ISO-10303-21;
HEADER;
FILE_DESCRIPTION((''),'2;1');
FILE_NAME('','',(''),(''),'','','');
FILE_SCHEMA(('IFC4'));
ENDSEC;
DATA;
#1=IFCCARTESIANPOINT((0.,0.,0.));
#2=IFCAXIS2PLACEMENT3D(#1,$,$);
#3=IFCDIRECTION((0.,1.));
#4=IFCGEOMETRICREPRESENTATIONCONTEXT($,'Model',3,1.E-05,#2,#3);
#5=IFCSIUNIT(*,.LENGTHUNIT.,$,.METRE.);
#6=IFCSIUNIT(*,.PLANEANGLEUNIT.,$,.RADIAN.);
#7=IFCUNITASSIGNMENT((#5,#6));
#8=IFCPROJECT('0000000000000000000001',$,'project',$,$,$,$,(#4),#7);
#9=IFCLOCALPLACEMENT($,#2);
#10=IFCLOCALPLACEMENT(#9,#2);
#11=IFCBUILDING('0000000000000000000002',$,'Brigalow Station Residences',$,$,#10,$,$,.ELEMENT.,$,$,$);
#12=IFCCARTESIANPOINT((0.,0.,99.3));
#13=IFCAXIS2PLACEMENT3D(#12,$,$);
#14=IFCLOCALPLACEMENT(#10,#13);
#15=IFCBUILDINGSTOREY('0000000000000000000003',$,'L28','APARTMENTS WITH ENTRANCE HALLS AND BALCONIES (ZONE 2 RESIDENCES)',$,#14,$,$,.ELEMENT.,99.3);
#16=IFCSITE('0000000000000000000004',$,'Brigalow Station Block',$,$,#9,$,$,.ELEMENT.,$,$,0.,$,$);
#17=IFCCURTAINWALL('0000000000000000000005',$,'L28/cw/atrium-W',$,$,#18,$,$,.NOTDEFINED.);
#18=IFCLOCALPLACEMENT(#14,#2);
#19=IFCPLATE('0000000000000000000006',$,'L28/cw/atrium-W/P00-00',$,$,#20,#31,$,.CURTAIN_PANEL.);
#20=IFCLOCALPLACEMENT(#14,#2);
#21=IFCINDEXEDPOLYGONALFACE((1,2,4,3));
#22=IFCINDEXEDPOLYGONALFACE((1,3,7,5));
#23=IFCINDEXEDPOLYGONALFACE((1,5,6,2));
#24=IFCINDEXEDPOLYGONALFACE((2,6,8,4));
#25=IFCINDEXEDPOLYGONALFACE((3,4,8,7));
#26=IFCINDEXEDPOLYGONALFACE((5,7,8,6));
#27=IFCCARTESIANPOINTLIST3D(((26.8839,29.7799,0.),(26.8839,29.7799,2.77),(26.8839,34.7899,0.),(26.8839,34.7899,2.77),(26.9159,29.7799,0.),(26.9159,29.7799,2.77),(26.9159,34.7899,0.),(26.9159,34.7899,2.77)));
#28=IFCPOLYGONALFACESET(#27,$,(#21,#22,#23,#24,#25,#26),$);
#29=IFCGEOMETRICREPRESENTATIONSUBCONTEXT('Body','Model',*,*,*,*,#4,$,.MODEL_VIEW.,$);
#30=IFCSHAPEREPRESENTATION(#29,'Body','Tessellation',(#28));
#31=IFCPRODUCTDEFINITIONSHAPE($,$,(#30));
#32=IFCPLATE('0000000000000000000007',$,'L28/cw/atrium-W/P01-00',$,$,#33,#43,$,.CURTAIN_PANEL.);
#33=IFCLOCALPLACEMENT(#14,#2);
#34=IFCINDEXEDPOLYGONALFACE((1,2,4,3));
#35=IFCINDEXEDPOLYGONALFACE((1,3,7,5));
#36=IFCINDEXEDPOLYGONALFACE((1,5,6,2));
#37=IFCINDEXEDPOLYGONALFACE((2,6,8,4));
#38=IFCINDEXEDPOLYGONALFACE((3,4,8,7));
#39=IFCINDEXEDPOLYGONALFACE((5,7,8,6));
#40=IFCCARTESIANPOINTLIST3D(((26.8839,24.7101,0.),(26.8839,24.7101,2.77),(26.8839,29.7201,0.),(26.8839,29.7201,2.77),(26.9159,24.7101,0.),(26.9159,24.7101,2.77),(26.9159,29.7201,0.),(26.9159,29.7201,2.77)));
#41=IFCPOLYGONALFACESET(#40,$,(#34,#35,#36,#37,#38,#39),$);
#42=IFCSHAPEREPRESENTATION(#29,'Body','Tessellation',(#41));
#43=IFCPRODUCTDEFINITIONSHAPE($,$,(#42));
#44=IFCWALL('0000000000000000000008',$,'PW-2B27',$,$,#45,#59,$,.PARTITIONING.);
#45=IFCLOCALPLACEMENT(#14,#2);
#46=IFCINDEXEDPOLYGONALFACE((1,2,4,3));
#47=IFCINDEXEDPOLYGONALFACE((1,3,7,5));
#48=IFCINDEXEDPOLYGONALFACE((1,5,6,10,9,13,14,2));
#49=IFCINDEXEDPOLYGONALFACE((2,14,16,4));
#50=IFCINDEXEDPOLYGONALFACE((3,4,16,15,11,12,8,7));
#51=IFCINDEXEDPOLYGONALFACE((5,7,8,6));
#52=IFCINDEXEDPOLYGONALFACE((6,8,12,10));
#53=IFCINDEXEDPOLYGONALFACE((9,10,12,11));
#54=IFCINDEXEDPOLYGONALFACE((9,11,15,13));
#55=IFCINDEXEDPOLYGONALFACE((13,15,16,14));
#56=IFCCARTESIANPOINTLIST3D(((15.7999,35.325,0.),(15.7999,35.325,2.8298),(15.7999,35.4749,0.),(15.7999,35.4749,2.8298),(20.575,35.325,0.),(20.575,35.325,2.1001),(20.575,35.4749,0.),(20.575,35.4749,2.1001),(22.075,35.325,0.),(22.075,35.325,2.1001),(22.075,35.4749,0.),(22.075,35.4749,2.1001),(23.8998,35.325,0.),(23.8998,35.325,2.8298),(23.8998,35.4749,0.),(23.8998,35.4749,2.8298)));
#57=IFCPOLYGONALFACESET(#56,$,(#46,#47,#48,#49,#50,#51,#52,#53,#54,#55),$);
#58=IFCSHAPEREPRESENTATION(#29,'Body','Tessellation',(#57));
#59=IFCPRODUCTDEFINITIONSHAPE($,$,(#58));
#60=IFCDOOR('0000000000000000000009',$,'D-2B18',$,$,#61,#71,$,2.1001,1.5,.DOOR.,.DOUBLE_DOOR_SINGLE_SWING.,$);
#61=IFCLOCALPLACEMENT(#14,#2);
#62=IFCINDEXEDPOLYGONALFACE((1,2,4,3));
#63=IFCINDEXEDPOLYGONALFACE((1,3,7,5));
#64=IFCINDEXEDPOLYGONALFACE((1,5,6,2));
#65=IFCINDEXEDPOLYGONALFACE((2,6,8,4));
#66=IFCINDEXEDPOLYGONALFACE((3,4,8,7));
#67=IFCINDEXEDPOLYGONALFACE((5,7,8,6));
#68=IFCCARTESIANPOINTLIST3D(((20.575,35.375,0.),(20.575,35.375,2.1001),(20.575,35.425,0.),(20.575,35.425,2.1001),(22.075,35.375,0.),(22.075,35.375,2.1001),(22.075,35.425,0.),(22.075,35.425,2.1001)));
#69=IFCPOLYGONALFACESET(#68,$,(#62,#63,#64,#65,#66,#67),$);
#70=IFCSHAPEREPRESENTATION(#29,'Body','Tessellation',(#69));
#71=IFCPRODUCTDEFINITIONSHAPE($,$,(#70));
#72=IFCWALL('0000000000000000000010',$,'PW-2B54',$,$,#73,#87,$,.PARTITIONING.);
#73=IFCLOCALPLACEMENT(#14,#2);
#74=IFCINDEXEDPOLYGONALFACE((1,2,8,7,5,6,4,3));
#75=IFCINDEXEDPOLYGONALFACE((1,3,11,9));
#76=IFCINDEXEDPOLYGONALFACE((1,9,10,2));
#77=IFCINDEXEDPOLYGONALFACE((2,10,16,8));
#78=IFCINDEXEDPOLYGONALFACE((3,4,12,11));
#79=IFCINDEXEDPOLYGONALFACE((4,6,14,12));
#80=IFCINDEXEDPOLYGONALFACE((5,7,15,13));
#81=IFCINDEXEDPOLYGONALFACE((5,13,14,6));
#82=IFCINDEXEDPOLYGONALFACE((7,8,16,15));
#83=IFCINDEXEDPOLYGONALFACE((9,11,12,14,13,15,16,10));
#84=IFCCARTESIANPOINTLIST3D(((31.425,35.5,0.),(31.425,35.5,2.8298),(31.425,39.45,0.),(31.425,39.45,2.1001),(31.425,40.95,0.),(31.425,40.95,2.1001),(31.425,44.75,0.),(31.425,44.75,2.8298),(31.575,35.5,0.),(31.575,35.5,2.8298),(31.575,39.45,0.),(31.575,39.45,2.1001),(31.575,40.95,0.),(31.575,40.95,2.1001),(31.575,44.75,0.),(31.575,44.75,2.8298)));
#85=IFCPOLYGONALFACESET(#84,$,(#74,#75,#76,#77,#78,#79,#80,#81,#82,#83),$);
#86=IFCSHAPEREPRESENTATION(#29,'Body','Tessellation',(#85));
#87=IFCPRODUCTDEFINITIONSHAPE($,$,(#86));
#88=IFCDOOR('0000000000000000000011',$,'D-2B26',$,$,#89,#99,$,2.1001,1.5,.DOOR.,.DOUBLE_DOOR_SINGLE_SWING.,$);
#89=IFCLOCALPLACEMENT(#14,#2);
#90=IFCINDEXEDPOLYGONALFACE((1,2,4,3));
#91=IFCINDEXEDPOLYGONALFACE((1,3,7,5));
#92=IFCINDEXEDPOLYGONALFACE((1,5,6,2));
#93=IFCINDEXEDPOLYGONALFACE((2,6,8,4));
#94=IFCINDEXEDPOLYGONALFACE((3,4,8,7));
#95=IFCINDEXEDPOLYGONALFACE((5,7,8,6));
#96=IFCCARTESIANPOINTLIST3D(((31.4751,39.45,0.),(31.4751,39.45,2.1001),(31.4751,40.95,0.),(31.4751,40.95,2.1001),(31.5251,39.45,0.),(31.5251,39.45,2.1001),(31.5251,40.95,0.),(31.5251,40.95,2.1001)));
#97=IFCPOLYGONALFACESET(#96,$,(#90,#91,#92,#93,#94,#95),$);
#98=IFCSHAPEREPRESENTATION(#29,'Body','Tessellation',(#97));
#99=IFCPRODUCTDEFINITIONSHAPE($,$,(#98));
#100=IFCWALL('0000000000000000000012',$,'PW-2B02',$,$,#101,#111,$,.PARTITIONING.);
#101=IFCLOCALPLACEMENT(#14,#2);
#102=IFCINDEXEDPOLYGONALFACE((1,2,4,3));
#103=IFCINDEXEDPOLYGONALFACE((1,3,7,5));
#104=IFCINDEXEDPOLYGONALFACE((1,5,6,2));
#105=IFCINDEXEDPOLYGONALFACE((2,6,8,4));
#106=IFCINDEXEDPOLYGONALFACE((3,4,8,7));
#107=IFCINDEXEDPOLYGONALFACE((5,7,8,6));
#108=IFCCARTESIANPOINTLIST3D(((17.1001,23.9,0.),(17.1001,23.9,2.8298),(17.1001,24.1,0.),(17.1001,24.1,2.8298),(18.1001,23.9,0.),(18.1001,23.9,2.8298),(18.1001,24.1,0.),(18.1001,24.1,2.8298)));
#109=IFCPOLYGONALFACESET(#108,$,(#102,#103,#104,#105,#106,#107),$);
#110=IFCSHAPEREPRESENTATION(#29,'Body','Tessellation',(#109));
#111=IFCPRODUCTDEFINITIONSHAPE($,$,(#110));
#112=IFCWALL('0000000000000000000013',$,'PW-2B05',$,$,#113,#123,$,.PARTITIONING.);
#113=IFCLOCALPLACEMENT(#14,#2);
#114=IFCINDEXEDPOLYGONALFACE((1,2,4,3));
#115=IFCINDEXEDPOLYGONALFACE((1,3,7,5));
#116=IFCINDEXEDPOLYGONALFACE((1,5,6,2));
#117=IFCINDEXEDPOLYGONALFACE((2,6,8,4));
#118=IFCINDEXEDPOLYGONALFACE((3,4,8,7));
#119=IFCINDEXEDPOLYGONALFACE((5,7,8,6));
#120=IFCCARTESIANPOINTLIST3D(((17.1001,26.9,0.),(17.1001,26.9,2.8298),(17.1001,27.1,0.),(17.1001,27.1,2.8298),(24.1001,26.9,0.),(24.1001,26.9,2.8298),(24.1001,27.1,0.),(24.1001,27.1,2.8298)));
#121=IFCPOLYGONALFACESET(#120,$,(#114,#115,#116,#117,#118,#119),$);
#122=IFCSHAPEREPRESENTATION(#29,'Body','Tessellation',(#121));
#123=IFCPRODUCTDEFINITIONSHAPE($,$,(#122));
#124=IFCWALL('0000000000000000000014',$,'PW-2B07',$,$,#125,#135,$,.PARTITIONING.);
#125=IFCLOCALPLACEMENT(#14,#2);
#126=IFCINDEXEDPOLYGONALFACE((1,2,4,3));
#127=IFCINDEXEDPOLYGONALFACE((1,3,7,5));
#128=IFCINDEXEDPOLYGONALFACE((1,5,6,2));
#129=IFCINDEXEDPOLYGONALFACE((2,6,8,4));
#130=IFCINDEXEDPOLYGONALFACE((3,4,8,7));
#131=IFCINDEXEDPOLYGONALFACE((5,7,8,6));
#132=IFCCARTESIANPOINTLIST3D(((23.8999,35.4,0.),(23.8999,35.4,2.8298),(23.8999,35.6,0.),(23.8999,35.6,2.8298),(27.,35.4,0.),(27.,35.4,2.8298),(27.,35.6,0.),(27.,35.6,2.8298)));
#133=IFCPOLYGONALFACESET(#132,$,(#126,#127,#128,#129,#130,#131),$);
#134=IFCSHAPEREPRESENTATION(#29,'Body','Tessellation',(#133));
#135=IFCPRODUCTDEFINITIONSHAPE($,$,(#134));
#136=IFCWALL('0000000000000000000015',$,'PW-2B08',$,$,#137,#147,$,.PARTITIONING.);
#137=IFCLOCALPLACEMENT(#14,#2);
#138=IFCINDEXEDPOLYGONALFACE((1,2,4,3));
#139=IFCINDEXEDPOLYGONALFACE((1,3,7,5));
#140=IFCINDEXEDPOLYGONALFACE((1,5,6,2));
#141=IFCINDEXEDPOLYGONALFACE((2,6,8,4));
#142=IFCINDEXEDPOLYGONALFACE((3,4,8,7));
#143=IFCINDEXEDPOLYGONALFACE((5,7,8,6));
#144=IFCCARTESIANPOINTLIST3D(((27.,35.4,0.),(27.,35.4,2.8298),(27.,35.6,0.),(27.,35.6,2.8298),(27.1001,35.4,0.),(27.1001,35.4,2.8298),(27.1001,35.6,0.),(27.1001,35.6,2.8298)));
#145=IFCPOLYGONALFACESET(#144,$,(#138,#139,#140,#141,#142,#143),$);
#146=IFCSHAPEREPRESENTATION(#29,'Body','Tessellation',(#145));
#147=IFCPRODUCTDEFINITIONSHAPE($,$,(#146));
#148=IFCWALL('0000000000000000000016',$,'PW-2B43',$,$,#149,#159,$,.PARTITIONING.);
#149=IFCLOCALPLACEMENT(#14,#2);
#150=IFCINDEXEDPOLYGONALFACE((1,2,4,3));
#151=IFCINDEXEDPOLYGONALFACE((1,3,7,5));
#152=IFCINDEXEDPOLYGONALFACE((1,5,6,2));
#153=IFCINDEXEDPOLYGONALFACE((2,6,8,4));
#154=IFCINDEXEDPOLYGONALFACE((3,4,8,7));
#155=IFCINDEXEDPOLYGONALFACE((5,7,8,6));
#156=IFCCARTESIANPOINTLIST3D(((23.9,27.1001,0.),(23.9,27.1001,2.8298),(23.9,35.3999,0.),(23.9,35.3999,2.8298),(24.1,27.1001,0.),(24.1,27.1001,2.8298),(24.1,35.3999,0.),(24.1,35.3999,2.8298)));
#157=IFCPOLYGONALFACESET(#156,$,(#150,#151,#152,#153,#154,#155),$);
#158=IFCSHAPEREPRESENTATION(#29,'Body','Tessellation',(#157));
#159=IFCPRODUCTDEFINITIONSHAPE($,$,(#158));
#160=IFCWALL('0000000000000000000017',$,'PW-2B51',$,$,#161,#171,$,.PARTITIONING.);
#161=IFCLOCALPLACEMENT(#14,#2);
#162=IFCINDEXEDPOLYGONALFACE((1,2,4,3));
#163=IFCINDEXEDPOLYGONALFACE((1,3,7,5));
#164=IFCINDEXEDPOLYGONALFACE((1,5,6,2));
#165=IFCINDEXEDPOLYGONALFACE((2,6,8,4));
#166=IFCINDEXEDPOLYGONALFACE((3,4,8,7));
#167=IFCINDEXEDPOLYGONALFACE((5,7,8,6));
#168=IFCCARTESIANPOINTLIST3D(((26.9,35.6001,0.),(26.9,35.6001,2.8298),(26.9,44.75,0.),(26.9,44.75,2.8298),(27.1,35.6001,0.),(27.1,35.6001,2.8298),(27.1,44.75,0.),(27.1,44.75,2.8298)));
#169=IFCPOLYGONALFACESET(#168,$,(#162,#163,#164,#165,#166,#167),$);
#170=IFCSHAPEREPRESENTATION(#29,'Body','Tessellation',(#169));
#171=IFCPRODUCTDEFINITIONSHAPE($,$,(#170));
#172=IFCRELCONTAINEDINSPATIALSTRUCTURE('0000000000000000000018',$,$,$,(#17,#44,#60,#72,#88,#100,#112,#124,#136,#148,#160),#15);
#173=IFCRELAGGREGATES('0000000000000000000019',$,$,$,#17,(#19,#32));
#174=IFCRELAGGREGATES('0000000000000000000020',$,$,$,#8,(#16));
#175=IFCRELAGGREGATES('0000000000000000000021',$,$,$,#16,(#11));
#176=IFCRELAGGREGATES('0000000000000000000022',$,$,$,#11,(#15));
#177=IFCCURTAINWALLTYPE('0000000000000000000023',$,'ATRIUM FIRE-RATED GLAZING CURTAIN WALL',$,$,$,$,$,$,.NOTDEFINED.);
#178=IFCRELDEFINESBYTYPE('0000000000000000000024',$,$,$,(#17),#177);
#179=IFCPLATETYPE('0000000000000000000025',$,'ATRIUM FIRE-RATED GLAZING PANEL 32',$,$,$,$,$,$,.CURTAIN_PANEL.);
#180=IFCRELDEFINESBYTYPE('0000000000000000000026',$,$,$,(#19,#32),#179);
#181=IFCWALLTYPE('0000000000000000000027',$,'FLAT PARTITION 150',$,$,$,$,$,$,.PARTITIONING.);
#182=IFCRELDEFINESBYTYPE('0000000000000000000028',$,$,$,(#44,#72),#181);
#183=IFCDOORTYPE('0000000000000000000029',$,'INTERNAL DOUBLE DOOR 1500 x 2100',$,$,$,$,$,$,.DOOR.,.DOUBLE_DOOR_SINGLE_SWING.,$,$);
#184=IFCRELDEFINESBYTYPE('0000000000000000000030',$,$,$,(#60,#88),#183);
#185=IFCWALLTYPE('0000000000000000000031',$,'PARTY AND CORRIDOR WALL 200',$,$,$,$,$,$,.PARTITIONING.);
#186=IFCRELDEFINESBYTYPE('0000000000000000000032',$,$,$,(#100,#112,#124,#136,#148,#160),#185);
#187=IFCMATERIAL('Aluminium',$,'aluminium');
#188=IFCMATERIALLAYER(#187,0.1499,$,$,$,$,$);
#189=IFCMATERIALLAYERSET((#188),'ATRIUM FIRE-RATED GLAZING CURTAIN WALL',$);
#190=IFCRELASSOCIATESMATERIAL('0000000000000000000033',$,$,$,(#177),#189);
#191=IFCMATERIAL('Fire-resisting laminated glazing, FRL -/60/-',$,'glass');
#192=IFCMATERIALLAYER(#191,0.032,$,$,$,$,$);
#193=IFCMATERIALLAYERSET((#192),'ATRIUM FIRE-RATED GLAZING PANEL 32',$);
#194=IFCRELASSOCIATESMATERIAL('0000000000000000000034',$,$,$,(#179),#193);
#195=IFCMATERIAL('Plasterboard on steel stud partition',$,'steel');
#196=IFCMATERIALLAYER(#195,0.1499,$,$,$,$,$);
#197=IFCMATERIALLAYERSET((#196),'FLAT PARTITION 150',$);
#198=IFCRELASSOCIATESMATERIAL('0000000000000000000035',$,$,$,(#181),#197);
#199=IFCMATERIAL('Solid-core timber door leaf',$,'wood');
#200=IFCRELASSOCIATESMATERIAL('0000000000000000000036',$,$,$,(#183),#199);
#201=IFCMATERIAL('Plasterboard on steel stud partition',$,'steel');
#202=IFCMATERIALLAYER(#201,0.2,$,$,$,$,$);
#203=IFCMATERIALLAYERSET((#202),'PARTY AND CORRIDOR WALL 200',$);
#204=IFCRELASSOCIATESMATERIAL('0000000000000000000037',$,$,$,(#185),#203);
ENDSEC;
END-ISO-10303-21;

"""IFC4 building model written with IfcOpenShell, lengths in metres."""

from ifc_helpers import new_model, si_unit, direction, frame, frame_2d, origin, origin_2d, place, context, subcontext, project, spatial, rectangle, extrude, material, layer, layer_set, type_object, element, fill, aggregate, save


model = new_model("IFC4")

# Units and contexts
model_context = context("Model", 3, precision=1e-05, world=origin(), true_north=direction((0.0, 1.0)))
body_context = subcontext(model_context, "Body", "Model", "MODEL_VIEW")
ifc_project = project(units=[si_unit("LENGTHUNIT", "METRE"), si_unit("PLANEANGLEUNIT", "RADIAN")], contexts=[model_context])

# Site, building, storey
site_placement = place(None, origin())
site = spatial("IfcSite", under=ifc_project, at=site_placement, Name="Brigalow Station Block", CompositionType="ELEMENT", RefElevation=0.0)
building_placement = place(site_placement, origin())
building = spatial("IfcBuilding", under=site, at=building_placement, Name="Brigalow Station Residences", CompositionType="ELEMENT")
storey_placement = place(building_placement, frame((0.0, 0.0, 99.3)))
storey = spatial("IfcBuildingStorey", under=building, at=storey_placement, Name="L28", Description="APARTMENTS WITH ENTRANCE HALLS AND BALCONIES (ZONE 2 RESIDENCES)", CompositionType="ELEMENT", Elevation=99.3)

# Shared definitions
ifc_material_1 = material(Name="Aluminium", Category="aluminium")
ifc_layer_1 = layer(ifc_material_1, 0.1499)
ifc_layer_set_1 = layer_set([ifc_layer_1], Name="ATRIUM FIRE-RATED GLAZING CURTAIN WALL")
curtain_wall_type = type_object("IfcCurtainWallType", Name="ATRIUM FIRE-RATED GLAZING CURTAIN WALL", PredefinedType="NOTDEFINED", material=ifc_layer_set_1)

# Curtain wall
curtain_wall_1_placement = place(storey_placement, origin())
curtain_wall_1 = element("IfcCurtainWall", 1, at=curtain_wall_1_placement, inside=storey, type_object=curtain_wall_type, Name="L28/cw/atrium-W", PredefinedType="NOTDEFINED")

# Plates
ifc_material_2 = material(Name="Fire-resisting laminated glazing, FRL -/60/-", Category="glass")
ifc_layer_2 = layer(ifc_material_2, 0.032)
ifc_layer_set_2 = layer_set([ifc_layer_2], Name="ATRIUM FIRE-RATED GLAZING PANEL 32")
plate_type = type_object("IfcPlateType", Name="ATRIUM FIRE-RATED GLAZING PANEL 32", PredefinedType="CURTAIN_PANEL", material=ifc_layer_set_2)
plate_1_placement = place(storey_placement, frame((26.8999, 32.2849, 0.0), z_axis=(0.0, 0.0, 1.0), x_axis=(0.0, -1.0, 0.0)))
plate_1 = element("IfcPlate", 2, at=plate_1_placement, type_object=plate_type, Name="L28/cw/atrium-W/P00-00", PredefinedType="CURTAIN_PANEL", context=body_context, shape_type="SweptSolid", body=[
    extrude(rectangle(XDim=5.01, YDim=0.032, at=origin_2d()), origin(), (0.0, 0.0, 1.0), 2.77),
])
plate_2_placement = place(storey_placement, frame((26.8999, 27.2151, 0.0), z_axis=(0.0, 0.0, 1.0), x_axis=(0.0, -1.0, 0.0)))
plate_2 = element("IfcPlate", 3, at=plate_2_placement, type_object=plate_type, Name="L28/cw/atrium-W/P01-00", PredefinedType="CURTAIN_PANEL", context=body_context, shape_type="SweptSolid", body=[
    extrude(rectangle(XDim=5.01, YDim=0.032, at=origin_2d()), origin(), (0.0, 0.0, 1.0), 2.77),
])
aggregate(curtain_wall_1, [plate_1, plate_2])

# Walls, openings, doors
ifc_material_3 = material(Name="Plasterboard on steel stud partition", Category="steel")
ifc_layer_3 = layer(ifc_material_3, 0.1499)
ifc_layer_set_3 = layer_set([ifc_layer_3], Name="FLAT PARTITION 150")
wall_type_1 = type_object("IfcWallType", Name="FLAT PARTITION 150", PredefinedType="PARTITIONING", material=ifc_layer_set_3)
wall_1_placement = place(storey_placement, frame((15.8, 35.3999, 0.0), z_axis=(0.0, 0.0, 1.0), x_axis=(1.0, 0.0, 0.0)))
wall_1 = element("IfcWall", 4, at=wall_1_placement, inside=storey, type_object=wall_type_1, Name="PW-2B27", PredefinedType="PARTITIONING", context=body_context, shape_type="SweptSolid", body=[
    extrude(rectangle(XDim=8.0999, YDim=0.1499, at=frame_2d((4.0498, 0.0))), origin(), (0.0, 0.0, 1.0), 2.8298),
])
opening_1_placement = place(wall_1_placement, frame((4.7749, 0.0, 0.0)))
opening_1 = element("IfcOpeningElement", 5, at=opening_1_placement, cuts=wall_1, PredefinedType="OPENING", context=body_context, shape_type="SweptSolid", body=[
    extrude(rectangle(XDim=1.5, YDim=2.1001, at=frame_2d((0.75, 1.05))), frame((0.0, 0.085, 0.0), z_axis=(0.0, -1.0, 0.0), x_axis=(1.0, 0.0, 0.0)), (0.0, 0.0, 1.0), 0.1699),
])
ifc_material_4 = material(Name="Solid-core timber door leaf", Category="wood")
door_type = type_object("IfcDoorType", Name="INTERNAL DOUBLE DOOR 1500 x 2100", OperationType="DOUBLE_DOOR_SINGLE_SWING", PredefinedType="DOOR", material=ifc_material_4)
door_1_placement = place(opening_1_placement, frame((1.5, 0.0, 0.0), z_axis=(0.0, 0.0, 1.0), x_axis=(-1.0, 0.0, 0.0)))
door_1 = element("IfcDoor", 6, at=door_1_placement, inside=storey, type_object=door_type, Name="D-2B18", OperationType="DOUBLE_DOOR_SINGLE_SWING", OverallHeight=2.1001, OverallWidth=1.5, PredefinedType="DOOR", context=body_context, shape_type="SweptSolid", body=[
    extrude(rectangle(XDim=1.5, YDim=2.1001, at=frame_2d((0.75, 1.05))), frame((0.0, 0.0249, 0.0), z_axis=(0.0, -1.0, 0.0), x_axis=(1.0, 0.0, 0.0)), (0.0, 0.0, 1.0), 0.05),
])
fill(opening_1, door_1)
wall_2_placement = place(storey_placement, frame((31.5, 35.5, 0.0), z_axis=(0.0, 0.0, 1.0), x_axis=(0.0, 1.0, 0.0)))
wall_2 = element("IfcWall", 7, at=wall_2_placement, inside=storey, type_object=wall_type_1, Name="PW-2B54", PredefinedType="PARTITIONING", context=body_context, shape_type="SweptSolid", body=[
    extrude(rectangle(XDim=9.25, YDim=0.1499, at=frame_2d((4.625, 0.0))), origin(), (0.0, 0.0, 1.0), 2.8298),
])
opening_2_placement = place(wall_2_placement, frame((3.95, 0.0, 0.0)))
opening_2 = element("IfcOpeningElement", 8, at=opening_2_placement, cuts=wall_2, PredefinedType="OPENING", context=body_context, shape_type="SweptSolid", body=[
    extrude(rectangle(XDim=1.5, YDim=2.1001, at=frame_2d((0.75, 1.05))), frame((0.0, 0.085, 0.0), z_axis=(0.0, -1.0, 0.0), x_axis=(1.0, 0.0, 0.0)), (0.0, 0.0, 1.0), 0.1699),
])
door_2_placement = place(opening_2_placement, origin())
door_2 = element("IfcDoor", 9, at=door_2_placement, inside=storey, type_object=door_type, Name="D-2B26", OperationType="DOUBLE_DOOR_SINGLE_SWING", OverallHeight=2.1001, OverallWidth=1.5, PredefinedType="DOOR", context=body_context, shape_type="SweptSolid", body=[
    extrude(rectangle(XDim=1.5, YDim=2.1001, at=frame_2d((0.75, 1.05))), frame((0.0, 0.0249, 0.0), z_axis=(0.0, -1.0, 0.0), x_axis=(1.0, 0.0, 0.0)), (0.0, 0.0, 1.0), 0.05),
])
fill(opening_2, door_2)

# Walls
ifc_material_5 = material(Name="Plasterboard on steel stud partition", Category="steel")
ifc_layer_4 = layer(ifc_material_5, 0.2)
ifc_layer_set_4 = layer_set([ifc_layer_4], Name="PARTY AND CORRIDOR WALL 200")
wall_type_2 = type_object("IfcWallType", Name="PARTY AND CORRIDOR WALL 200", PredefinedType="PARTITIONING", material=ifc_layer_set_4)
wall_3_placement = place(storey_placement, frame((17.1001, 24.0, 0.0), z_axis=(0.0, 0.0, 1.0), x_axis=(1.0, 0.0, 0.0)))
element("IfcWall", 10, at=wall_3_placement, inside=storey, type_object=wall_type_2, Name="PW-2B02", PredefinedType="PARTITIONING", context=body_context, shape_type="SweptSolid", body=[
    extrude(rectangle(XDim=1.0, YDim=0.2, at=frame_2d((0.5, 0.0))), origin(), (0.0, 0.0, 1.0), 2.8298),
])
wall_4_placement = place(storey_placement, frame((17.1001, 27.0, 0.0), z_axis=(0.0, 0.0, 1.0), x_axis=(1.0, 0.0, 0.0)))
element("IfcWall", 11, at=wall_4_placement, inside=storey, type_object=wall_type_2, Name="PW-2B05", PredefinedType="PARTITIONING", context=body_context, shape_type="SweptSolid", body=[
    extrude(rectangle(XDim=7.0, YDim=0.2, at=frame_2d((3.5, 0.0))), origin(), (0.0, 0.0, 1.0), 2.8298),
])
wall_5_placement = place(storey_placement, frame((23.8999, 35.5, 0.0), z_axis=(0.0, 0.0, 1.0), x_axis=(1.0, 0.0, 0.0)))
element("IfcWall", 12, at=wall_5_placement, inside=storey, type_object=wall_type_2, Name="PW-2B07", PredefinedType="PARTITIONING", context=body_context, shape_type="SweptSolid", body=[
    extrude(rectangle(XDim=3.1001, YDim=0.2, at=frame_2d((1.55, 0.0))), origin(), (0.0, 0.0, 1.0), 2.8298),
])
wall_6_placement = place(storey_placement, frame((27.0, 35.5, 0.0), z_axis=(0.0, 0.0, 1.0), x_axis=(1.0, 0.0, 0.0)))
element("IfcWall", 13, at=wall_6_placement, inside=storey, type_object=wall_type_2, Name="PW-2B08", PredefinedType="PARTITIONING", context=body_context, shape_type="SweptSolid", body=[
    extrude(rectangle(XDim=0.1001, YDim=0.2, at=frame_2d((0.05, 0.0))), origin(), (0.0, 0.0, 1.0), 2.8298),
])
wall_7_placement = place(storey_placement, frame((24.0, 27.1001, 0.0), z_axis=(0.0, 0.0, 1.0), x_axis=(0.0, 1.0, 0.0)))
element("IfcWall", 14, at=wall_7_placement, inside=storey, type_object=wall_type_2, Name="PW-2B43", PredefinedType="PARTITIONING", context=body_context, shape_type="SweptSolid", body=[
    extrude(rectangle(XDim=8.2998, YDim=0.2, at=frame_2d((4.1499, 0.0))), origin(), (0.0, 0.0, 1.0), 2.8298),
])
wall_8_placement = place(storey_placement, frame((27.0, 35.6001, 0.0), z_axis=(0.0, 0.0, 1.0), x_axis=(0.0, 1.0, 0.0)))
element("IfcWall", 15, at=wall_8_placement, inside=storey, type_object=wall_type_2, Name="PW-2B51", PredefinedType="PARTITIONING", context=body_context, shape_type="SweptSolid", body=[
    extrude(rectangle(XDim=9.1499, YDim=0.2, at=frame_2d((4.575, 0.0))), origin(), (0.0, 0.0, 1.0), 2.8298),
])

save(model, "model.ifc")
